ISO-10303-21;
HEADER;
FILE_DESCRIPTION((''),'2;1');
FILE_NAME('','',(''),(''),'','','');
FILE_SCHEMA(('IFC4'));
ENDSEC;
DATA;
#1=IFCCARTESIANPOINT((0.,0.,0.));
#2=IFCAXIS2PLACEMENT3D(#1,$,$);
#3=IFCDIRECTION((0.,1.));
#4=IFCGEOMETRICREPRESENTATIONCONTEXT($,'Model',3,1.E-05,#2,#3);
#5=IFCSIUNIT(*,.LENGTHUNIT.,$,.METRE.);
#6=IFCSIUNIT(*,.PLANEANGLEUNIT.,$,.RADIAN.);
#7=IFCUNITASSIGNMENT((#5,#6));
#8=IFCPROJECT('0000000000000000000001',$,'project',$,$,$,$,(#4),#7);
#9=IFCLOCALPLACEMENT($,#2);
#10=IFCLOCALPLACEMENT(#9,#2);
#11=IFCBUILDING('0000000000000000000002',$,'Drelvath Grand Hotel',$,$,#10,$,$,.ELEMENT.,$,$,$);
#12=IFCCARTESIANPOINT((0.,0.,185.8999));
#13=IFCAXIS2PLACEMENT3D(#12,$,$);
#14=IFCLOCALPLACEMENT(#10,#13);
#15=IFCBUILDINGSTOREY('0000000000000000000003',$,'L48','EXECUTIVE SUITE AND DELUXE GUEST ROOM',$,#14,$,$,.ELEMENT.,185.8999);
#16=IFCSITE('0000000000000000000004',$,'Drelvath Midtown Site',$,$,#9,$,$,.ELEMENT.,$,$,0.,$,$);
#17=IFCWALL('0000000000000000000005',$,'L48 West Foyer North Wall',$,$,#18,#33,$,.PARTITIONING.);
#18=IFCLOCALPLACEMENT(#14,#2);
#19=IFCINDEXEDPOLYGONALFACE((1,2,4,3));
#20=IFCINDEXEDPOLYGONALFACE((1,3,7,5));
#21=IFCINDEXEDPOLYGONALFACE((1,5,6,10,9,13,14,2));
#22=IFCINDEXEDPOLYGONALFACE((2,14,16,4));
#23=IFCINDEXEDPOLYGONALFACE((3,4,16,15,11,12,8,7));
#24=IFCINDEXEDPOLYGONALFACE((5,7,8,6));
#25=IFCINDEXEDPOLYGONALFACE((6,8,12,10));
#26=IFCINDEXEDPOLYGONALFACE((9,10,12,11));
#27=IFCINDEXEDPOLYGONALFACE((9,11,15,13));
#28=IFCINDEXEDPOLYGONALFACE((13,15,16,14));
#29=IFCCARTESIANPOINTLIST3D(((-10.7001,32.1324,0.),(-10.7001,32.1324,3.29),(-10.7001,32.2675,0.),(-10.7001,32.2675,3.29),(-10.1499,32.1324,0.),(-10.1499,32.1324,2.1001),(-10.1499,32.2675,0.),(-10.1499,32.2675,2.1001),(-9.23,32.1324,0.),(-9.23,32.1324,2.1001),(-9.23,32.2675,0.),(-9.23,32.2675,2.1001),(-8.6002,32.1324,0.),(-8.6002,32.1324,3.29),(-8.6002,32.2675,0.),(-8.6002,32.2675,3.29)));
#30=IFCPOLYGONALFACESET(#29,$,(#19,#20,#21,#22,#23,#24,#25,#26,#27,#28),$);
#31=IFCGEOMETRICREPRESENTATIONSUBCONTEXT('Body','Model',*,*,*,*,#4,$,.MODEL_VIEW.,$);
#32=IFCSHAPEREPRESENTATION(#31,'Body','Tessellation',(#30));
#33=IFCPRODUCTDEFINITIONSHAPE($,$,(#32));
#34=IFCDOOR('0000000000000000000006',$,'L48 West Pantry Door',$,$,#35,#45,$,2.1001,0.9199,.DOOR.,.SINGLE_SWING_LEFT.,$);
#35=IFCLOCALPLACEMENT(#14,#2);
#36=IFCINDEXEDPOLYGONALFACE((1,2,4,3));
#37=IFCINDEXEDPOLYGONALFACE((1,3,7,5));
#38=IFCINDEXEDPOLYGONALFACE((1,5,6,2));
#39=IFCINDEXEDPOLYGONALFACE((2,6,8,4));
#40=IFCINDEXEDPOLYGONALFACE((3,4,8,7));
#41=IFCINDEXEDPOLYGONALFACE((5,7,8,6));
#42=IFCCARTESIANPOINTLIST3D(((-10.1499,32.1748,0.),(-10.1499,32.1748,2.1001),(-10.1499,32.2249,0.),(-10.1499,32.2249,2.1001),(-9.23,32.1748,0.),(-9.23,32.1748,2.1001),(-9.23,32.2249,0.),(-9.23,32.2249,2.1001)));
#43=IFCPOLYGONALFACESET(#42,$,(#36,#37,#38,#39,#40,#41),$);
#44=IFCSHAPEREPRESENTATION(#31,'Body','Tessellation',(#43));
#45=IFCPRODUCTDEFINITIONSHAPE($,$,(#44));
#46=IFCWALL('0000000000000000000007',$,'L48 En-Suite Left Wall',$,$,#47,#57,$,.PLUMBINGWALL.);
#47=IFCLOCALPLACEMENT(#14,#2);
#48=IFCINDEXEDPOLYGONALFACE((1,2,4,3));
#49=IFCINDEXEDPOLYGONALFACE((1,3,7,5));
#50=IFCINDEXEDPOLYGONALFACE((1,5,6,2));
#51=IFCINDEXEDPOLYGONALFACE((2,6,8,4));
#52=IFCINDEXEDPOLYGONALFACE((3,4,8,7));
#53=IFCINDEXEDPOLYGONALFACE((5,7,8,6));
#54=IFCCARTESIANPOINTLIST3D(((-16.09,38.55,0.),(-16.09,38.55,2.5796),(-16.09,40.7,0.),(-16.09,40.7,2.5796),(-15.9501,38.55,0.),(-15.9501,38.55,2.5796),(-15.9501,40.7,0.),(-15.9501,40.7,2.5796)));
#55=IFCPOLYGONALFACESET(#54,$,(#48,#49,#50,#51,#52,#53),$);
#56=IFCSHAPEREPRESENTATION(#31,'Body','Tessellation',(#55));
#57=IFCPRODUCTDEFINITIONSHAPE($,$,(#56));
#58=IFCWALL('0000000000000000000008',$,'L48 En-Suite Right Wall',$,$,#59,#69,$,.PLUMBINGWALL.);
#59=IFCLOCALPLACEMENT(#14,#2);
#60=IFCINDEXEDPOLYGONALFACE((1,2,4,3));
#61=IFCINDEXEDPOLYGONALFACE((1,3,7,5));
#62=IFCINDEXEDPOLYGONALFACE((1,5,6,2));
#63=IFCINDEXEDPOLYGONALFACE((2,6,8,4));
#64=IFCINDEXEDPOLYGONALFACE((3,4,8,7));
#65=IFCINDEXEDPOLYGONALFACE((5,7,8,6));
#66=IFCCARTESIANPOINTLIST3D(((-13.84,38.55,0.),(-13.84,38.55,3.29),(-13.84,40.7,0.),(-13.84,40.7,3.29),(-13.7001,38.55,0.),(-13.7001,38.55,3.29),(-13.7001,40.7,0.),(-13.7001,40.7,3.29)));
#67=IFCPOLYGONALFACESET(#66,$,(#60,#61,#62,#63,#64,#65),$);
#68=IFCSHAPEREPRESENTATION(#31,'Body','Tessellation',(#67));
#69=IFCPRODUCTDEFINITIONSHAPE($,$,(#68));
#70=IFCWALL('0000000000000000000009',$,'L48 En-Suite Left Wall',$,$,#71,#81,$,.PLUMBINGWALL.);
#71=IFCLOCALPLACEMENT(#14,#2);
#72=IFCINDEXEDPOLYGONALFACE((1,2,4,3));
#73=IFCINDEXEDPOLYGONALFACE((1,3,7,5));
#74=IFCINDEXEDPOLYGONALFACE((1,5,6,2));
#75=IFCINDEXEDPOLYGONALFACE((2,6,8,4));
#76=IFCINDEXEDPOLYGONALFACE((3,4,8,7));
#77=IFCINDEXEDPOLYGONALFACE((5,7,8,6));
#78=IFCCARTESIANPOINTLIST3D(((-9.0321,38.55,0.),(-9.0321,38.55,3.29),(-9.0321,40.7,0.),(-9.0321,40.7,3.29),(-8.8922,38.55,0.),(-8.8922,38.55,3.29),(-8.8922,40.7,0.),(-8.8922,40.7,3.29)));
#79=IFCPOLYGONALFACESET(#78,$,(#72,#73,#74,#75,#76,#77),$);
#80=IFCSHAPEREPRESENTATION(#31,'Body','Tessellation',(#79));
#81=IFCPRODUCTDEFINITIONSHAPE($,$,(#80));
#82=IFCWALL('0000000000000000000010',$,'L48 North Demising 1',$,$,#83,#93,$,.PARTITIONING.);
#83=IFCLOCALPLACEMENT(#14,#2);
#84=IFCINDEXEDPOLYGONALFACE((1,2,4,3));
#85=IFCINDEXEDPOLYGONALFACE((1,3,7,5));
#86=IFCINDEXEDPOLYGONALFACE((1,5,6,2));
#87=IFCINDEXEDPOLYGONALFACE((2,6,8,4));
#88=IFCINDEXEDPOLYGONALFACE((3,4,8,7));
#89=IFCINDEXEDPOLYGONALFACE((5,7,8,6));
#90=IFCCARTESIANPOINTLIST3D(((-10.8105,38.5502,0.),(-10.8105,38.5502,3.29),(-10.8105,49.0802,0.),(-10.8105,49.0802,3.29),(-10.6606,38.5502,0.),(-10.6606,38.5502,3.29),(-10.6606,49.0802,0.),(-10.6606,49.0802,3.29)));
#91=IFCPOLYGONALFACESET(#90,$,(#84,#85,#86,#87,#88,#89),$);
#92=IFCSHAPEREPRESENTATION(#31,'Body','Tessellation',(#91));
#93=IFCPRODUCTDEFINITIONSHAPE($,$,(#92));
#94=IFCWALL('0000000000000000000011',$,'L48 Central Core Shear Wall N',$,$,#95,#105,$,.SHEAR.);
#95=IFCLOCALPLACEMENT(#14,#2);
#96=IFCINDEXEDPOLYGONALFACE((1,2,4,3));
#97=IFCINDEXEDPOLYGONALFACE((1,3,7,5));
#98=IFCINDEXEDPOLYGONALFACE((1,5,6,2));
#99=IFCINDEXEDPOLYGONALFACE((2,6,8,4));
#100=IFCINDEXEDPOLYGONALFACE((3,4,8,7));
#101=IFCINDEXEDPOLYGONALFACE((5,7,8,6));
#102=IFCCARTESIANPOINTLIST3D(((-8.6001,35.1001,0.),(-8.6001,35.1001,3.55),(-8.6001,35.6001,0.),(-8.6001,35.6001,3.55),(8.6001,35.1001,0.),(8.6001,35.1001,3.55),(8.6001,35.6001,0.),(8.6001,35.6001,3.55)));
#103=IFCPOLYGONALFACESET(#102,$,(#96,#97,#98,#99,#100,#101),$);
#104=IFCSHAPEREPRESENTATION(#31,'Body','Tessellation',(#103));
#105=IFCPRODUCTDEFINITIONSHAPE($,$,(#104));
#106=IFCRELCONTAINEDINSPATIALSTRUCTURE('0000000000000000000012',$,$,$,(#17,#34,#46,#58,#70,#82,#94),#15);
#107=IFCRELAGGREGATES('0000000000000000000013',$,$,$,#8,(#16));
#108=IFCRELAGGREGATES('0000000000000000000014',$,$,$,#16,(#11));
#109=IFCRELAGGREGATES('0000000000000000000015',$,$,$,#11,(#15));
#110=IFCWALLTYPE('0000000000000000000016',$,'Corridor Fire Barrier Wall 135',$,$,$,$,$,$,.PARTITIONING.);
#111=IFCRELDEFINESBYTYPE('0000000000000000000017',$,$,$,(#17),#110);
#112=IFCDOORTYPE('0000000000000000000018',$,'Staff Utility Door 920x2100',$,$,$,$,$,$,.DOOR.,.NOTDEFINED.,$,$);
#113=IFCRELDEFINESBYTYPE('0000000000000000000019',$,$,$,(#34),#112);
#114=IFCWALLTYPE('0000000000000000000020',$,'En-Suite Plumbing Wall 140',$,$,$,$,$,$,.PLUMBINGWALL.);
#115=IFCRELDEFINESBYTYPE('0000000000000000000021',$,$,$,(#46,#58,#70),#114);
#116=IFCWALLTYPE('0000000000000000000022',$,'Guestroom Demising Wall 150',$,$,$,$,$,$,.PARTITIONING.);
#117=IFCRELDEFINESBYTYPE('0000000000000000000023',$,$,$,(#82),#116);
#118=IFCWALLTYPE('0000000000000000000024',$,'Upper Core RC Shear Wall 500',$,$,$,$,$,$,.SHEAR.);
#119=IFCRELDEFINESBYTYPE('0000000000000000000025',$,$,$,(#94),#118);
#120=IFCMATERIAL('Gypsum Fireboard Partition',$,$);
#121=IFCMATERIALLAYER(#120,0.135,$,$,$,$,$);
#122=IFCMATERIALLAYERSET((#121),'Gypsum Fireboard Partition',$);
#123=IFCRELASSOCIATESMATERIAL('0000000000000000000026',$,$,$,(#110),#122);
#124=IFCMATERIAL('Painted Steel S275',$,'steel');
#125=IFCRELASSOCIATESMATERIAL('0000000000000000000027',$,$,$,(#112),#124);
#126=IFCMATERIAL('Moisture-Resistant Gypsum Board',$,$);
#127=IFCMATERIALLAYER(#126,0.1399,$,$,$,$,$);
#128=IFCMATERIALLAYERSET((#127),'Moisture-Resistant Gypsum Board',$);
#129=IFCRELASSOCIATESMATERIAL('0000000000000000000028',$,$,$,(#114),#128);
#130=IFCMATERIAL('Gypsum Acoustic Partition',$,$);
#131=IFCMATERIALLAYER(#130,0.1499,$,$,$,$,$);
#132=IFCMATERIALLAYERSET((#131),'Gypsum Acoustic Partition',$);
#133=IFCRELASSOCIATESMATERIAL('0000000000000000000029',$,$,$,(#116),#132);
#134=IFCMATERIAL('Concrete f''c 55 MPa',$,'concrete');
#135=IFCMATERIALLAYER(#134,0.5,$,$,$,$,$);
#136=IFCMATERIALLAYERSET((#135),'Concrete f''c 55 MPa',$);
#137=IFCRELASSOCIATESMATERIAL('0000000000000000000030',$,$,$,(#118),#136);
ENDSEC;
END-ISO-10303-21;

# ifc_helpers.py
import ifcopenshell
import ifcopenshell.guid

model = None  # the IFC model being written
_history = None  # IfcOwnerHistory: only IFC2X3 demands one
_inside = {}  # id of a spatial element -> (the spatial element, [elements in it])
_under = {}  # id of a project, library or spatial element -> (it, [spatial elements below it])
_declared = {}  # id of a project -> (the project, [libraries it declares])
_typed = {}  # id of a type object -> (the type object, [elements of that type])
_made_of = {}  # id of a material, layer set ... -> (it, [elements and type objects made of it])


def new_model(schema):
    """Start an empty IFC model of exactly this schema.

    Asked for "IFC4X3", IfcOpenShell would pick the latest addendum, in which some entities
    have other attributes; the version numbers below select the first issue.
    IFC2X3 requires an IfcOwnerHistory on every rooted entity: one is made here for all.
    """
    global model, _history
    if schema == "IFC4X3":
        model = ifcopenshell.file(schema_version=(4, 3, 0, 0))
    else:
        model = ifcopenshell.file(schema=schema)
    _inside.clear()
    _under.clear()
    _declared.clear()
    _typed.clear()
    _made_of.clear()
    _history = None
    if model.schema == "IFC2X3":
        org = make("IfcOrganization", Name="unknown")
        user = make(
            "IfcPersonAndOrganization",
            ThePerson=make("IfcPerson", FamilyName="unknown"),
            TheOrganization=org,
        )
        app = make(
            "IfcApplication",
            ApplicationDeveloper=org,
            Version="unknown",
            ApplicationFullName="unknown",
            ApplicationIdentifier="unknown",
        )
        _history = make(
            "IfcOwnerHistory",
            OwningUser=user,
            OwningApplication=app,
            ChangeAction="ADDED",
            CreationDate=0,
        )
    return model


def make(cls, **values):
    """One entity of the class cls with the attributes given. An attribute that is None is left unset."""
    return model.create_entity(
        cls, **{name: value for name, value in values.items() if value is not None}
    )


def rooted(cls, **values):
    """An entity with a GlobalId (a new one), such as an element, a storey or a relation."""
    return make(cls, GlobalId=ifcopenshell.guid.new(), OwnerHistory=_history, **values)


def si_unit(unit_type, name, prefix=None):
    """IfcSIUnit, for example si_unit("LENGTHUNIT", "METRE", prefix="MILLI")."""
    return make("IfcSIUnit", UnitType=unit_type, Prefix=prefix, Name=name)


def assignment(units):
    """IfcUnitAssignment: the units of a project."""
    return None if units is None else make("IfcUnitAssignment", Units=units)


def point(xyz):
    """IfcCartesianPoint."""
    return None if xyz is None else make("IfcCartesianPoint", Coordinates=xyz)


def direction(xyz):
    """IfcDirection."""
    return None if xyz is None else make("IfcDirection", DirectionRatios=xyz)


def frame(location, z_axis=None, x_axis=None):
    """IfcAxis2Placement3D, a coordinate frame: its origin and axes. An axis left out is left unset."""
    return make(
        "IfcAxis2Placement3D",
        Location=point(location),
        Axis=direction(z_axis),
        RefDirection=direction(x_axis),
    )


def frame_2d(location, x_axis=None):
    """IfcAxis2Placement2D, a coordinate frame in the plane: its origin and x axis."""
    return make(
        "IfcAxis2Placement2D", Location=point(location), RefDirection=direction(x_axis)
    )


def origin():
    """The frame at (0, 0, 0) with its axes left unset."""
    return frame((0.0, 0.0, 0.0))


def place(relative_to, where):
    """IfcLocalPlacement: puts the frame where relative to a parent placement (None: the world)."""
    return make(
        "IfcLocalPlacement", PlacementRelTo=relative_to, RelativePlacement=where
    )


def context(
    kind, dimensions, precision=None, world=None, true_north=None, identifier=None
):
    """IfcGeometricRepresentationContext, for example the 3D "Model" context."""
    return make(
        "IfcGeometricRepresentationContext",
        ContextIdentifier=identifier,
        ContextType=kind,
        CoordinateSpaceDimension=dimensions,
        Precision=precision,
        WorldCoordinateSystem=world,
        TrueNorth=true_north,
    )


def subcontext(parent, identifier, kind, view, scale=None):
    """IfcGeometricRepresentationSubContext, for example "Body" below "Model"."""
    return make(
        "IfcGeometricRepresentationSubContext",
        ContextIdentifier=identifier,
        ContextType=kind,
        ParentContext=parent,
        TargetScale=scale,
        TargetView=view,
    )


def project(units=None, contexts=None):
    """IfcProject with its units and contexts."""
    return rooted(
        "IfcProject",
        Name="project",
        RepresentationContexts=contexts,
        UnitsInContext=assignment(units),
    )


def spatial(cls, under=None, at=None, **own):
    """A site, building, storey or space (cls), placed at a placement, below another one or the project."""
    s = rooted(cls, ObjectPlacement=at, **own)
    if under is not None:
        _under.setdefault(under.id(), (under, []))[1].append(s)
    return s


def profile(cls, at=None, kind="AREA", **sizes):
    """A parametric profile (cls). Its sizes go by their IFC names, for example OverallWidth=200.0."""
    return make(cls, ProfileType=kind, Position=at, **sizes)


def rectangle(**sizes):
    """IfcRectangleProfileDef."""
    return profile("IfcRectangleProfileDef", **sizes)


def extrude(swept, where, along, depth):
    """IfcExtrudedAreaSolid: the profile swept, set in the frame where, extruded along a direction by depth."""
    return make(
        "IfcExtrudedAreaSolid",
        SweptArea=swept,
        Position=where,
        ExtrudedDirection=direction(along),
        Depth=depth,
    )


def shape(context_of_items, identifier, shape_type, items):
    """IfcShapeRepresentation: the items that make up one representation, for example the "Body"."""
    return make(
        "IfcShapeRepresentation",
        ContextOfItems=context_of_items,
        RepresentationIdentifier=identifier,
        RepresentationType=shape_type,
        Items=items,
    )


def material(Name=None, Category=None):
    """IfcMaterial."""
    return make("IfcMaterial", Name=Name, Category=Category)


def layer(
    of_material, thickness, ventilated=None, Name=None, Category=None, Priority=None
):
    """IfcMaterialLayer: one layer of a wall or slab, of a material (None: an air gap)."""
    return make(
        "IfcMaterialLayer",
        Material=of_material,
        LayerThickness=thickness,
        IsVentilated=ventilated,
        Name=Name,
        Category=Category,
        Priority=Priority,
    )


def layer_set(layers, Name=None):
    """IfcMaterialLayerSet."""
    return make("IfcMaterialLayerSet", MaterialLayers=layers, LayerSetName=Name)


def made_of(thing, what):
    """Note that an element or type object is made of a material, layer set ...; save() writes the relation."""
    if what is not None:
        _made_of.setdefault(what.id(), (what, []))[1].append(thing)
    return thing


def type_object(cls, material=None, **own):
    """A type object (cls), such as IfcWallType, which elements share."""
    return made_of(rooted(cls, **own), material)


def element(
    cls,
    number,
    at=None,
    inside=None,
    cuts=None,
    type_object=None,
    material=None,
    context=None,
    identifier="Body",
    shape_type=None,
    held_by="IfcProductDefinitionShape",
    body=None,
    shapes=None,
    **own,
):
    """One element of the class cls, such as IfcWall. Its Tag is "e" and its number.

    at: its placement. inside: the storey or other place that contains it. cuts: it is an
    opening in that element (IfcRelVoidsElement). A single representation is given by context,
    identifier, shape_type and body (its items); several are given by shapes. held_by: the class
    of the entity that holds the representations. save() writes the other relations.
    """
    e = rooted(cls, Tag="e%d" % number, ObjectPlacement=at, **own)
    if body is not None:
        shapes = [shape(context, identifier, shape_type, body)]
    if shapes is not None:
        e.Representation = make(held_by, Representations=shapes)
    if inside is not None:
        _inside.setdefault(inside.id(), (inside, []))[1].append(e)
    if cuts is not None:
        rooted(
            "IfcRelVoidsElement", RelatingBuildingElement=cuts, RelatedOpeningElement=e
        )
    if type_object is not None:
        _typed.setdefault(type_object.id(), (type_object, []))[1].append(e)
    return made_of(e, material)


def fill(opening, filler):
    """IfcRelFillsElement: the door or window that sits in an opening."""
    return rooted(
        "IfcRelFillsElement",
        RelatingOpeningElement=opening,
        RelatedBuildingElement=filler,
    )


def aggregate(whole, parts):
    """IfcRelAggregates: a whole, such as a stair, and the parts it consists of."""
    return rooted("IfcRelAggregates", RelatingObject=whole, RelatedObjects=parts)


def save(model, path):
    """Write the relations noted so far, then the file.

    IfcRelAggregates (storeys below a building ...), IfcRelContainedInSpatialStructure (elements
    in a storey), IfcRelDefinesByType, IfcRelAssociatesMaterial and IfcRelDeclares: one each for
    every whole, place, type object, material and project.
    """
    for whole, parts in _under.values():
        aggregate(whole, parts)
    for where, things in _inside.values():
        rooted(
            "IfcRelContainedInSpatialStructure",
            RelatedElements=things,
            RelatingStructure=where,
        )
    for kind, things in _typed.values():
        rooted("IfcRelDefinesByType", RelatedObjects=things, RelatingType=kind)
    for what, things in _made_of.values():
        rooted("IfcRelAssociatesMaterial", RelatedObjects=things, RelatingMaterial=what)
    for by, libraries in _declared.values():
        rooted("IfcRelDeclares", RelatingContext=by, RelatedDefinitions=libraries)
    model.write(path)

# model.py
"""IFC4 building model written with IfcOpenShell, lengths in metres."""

from ifc_helpers import new_model, si_unit, direction, frame, frame_2d, origin, place, context, subcontext, project, spatial, rectangle, extrude, material, layer, layer_set, type_object, element, fill, save


model = new_model("IFC4")

# Units and contexts
model_context = context("Model", 3, precision=1e-05, world=origin(), true_north=direction((0.0, 1.0)))
body_context = subcontext(model_context, "Body", "Model", "MODEL_VIEW")
ifc_project = project(units=[si_unit("LENGTHUNIT", "METRE"), si_unit("PLANEANGLEUNIT", "RADIAN")], contexts=[model_context])

# Site, building, storey
site_placement = place(None, origin())
site = spatial("IfcSite", under=ifc_project, at=site_placement, Name="Drelvath Midtown Site", CompositionType="ELEMENT", RefElevation=0.0)
building_placement = place(site_placement, origin())
building = spatial("IfcBuilding", under=site, at=building_placement, Name="Drelvath Grand Hotel", CompositionType="ELEMENT")
storey_placement = place(building_placement, frame((0.0, 0.0, 185.8999)))
storey = spatial("IfcBuildingStorey", under=building, at=storey_placement, Name="L48", Description="EXECUTIVE SUITE AND DELUXE GUEST ROOM", CompositionType="ELEMENT", Elevation=185.8999)

# Shared definitions
ifc_material_1 = material(Name="Concrete f'c 55 MPa", Category="concrete")

# Wall, opening, door
ifc_material_2 = material(Name="Gypsum Fireboard Partition")
ifc_layer_1 = layer(ifc_material_2, 0.135)
ifc_layer_set_1 = layer_set([ifc_layer_1], Name="Gypsum Fireboard Partition")
wall_type_1 = type_object("IfcWallType", Name="Corridor Fire Barrier Wall 135", PredefinedType="PARTITIONING", material=ifc_layer_set_1)
wall_1_placement = place(storey_placement, frame((-10.7, 32.2, 0.0), z_axis=(0.0, 0.0, 1.0), x_axis=(1.0, 0.0, 0.0)))
wall_1 = element("IfcWall", 1, at=wall_1_placement, inside=storey, type_object=wall_type_1, Name="L48 West Foyer North Wall", PredefinedType="PARTITIONING", context=body_context, shape_type="SweptSolid", body=[
    extrude(rectangle(XDim=2.0999, YDim=0.135, at=frame_2d((1.0498, 0.0))), origin(), (0.0, 0.0, 1.0), 3.29),
])
opening_placement = place(wall_1_placement, frame((0.55, 0.0, 0.0)))
opening = element("IfcOpeningElement", 2, at=opening_placement, cuts=wall_1, PredefinedType="OPENING", context=body_context, shape_type="SweptSolid", body=[
    extrude(rectangle(XDim=0.9199, YDim=2.1001, at=frame_2d((0.46, 1.05))), frame((0.0, 0.0774, 0.0), z_axis=(0.0, -1.0, 0.0), x_axis=(1.0, 0.0, 0.0)), (0.0, 0.0, 1.0), 0.155),
])
ifc_material_3 = material(Name="Painted Steel S275", Category="steel")
door_type = type_object("IfcDoorType", Name="Staff Utility Door 920x2100", OperationType="NOTDEFINED", PredefinedType="DOOR", material=ifc_material_3)
door_placement = place(opening_placement, origin())
door = element("IfcDoor", 3, at=door_placement, inside=storey, type_object=door_type, Name="L48 West Pantry Door", OperationType="SINGLE_SWING_LEFT", OverallHeight=2.1001, OverallWidth=0.9199, PredefinedType="DOOR", context=body_context, shape_type="SweptSolid", body=[
    extrude(rectangle(XDim=0.9199, YDim=2.1001, at=frame_2d((0.46, 1.05))), frame((0.0, 0.0249, 0.0), z_axis=(0.0, -1.0, 0.0), x_axis=(1.0, 0.0, 0.0)), (0.0, 0.0, 1.0), 0.05),
])
fill(opening, door)

# Walls
ifc_material_4 = material(Name="Moisture-Resistant Gypsum Board")
ifc_layer_2 = layer(ifc_material_4, 0.1399)
ifc_layer_set_2 = layer_set([ifc_layer_2], Name="Moisture-Resistant Gypsum Board")
wall_type_2 = type_object("IfcWallType", Name="En-Suite Plumbing Wall 140", PredefinedType="PLUMBINGWALL", material=ifc_layer_set_2)
wall_2_placement = place(storey_placement, frame((-16.02, 38.55, 0.0), z_axis=(0.0, 0.0, 1.0), x_axis=(0.0, 1.0, 0.0)))
element("IfcWall", 4, at=wall_2_placement, inside=storey, type_object=wall_type_2, Name="L48 En-Suite Left Wall", PredefinedType="PLUMBINGWALL", context=body_context, shape_type="SweptSolid", body=[
    extrude(rectangle(XDim=2.1499, YDim=0.1399, at=frame_2d((1.075, 0.0))), origin(), (0.0, 0.0, 1.0), 2.5796),
])
for number, where, z_axis, x_axis, name in (
    (5, (-13.77, 38.55, 0.0), (0.0, 0.0, 1.0), (0.0, 1.0, 0.0), "L48 En-Suite Right Wall"),
    (6, (-8.9622, 38.55, 0.0), (0.0, 0.0, 1.0), (0.0, 1.0, 0.0), "L48 En-Suite Left Wall"),
):
    element("IfcWall", number, at=place(storey_placement, frame(where, z_axis=z_axis, x_axis=x_axis)), inside=storey, type_object=wall_type_2, Name=name, PredefinedType="PLUMBINGWALL", context=body_context, shape_type="SweptSolid", body=[
        extrude(rectangle(XDim=2.1499, YDim=0.1399, at=frame_2d((1.075, 0.0))), origin(), (0.0, 0.0, 1.0), 3.29),
    ])
ifc_material_5 = material(Name="Gypsum Acoustic Partition")
ifc_layer_3 = layer(ifc_material_5, 0.1499)
ifc_layer_set_3 = layer_set([ifc_layer_3], Name="Gypsum Acoustic Partition")
wall_type_3 = type_object("IfcWallType", Name="Guestroom Demising Wall 150", PredefinedType="PARTITIONING", material=ifc_layer_set_3)
wall_3_placement = place(storey_placement, frame((-10.7356, 38.55, 0.0), z_axis=(0.0, 0.0, 1.0), x_axis=(0.0, 1.0, 0.0)))
element("IfcWall", 7, at=wall_3_placement, inside=storey, type_object=wall_type_3, Name="L48 North Demising 1", PredefinedType="PARTITIONING", context=body_context, shape_type="SweptSolid", body=[
    extrude(rectangle(XDim=10.53, YDim=0.1499, at=frame_2d((5.2651, 0.0))), origin(), (0.0, 0.0, 1.0), 3.29),
])
ifc_layer_4 = layer(ifc_material_1, 0.5)
ifc_layer_set_4 = layer_set([ifc_layer_4], Name="Concrete f'c 55 MPa")
wall_type_4 = type_object("IfcWallType", Name="Upper Core RC Shear Wall 500", PredefinedType="SHEAR", material=ifc_layer_set_4)
wall_4_placement = place(storey_placement, frame((-8.6001, 35.3501, 0.0), z_axis=(0.0, 0.0, 1.0), x_axis=(1.0, 0.0, 0.0)))
element("IfcWall", 8, at=wall_4_placement, inside=storey, type_object=wall_type_4, Name="L48 Central Core Shear Wall N", PredefinedType="SHEAR", context=body_context, shape_type="SweptSolid", body=[
    extrude(rectangle(XDim=17.2002, YDim=0.5, at=frame_2d((8.6001, 0.0))), origin(), (0.0, 0.0, 1.0), 3.55),
])

save(model, "model.ifc")
